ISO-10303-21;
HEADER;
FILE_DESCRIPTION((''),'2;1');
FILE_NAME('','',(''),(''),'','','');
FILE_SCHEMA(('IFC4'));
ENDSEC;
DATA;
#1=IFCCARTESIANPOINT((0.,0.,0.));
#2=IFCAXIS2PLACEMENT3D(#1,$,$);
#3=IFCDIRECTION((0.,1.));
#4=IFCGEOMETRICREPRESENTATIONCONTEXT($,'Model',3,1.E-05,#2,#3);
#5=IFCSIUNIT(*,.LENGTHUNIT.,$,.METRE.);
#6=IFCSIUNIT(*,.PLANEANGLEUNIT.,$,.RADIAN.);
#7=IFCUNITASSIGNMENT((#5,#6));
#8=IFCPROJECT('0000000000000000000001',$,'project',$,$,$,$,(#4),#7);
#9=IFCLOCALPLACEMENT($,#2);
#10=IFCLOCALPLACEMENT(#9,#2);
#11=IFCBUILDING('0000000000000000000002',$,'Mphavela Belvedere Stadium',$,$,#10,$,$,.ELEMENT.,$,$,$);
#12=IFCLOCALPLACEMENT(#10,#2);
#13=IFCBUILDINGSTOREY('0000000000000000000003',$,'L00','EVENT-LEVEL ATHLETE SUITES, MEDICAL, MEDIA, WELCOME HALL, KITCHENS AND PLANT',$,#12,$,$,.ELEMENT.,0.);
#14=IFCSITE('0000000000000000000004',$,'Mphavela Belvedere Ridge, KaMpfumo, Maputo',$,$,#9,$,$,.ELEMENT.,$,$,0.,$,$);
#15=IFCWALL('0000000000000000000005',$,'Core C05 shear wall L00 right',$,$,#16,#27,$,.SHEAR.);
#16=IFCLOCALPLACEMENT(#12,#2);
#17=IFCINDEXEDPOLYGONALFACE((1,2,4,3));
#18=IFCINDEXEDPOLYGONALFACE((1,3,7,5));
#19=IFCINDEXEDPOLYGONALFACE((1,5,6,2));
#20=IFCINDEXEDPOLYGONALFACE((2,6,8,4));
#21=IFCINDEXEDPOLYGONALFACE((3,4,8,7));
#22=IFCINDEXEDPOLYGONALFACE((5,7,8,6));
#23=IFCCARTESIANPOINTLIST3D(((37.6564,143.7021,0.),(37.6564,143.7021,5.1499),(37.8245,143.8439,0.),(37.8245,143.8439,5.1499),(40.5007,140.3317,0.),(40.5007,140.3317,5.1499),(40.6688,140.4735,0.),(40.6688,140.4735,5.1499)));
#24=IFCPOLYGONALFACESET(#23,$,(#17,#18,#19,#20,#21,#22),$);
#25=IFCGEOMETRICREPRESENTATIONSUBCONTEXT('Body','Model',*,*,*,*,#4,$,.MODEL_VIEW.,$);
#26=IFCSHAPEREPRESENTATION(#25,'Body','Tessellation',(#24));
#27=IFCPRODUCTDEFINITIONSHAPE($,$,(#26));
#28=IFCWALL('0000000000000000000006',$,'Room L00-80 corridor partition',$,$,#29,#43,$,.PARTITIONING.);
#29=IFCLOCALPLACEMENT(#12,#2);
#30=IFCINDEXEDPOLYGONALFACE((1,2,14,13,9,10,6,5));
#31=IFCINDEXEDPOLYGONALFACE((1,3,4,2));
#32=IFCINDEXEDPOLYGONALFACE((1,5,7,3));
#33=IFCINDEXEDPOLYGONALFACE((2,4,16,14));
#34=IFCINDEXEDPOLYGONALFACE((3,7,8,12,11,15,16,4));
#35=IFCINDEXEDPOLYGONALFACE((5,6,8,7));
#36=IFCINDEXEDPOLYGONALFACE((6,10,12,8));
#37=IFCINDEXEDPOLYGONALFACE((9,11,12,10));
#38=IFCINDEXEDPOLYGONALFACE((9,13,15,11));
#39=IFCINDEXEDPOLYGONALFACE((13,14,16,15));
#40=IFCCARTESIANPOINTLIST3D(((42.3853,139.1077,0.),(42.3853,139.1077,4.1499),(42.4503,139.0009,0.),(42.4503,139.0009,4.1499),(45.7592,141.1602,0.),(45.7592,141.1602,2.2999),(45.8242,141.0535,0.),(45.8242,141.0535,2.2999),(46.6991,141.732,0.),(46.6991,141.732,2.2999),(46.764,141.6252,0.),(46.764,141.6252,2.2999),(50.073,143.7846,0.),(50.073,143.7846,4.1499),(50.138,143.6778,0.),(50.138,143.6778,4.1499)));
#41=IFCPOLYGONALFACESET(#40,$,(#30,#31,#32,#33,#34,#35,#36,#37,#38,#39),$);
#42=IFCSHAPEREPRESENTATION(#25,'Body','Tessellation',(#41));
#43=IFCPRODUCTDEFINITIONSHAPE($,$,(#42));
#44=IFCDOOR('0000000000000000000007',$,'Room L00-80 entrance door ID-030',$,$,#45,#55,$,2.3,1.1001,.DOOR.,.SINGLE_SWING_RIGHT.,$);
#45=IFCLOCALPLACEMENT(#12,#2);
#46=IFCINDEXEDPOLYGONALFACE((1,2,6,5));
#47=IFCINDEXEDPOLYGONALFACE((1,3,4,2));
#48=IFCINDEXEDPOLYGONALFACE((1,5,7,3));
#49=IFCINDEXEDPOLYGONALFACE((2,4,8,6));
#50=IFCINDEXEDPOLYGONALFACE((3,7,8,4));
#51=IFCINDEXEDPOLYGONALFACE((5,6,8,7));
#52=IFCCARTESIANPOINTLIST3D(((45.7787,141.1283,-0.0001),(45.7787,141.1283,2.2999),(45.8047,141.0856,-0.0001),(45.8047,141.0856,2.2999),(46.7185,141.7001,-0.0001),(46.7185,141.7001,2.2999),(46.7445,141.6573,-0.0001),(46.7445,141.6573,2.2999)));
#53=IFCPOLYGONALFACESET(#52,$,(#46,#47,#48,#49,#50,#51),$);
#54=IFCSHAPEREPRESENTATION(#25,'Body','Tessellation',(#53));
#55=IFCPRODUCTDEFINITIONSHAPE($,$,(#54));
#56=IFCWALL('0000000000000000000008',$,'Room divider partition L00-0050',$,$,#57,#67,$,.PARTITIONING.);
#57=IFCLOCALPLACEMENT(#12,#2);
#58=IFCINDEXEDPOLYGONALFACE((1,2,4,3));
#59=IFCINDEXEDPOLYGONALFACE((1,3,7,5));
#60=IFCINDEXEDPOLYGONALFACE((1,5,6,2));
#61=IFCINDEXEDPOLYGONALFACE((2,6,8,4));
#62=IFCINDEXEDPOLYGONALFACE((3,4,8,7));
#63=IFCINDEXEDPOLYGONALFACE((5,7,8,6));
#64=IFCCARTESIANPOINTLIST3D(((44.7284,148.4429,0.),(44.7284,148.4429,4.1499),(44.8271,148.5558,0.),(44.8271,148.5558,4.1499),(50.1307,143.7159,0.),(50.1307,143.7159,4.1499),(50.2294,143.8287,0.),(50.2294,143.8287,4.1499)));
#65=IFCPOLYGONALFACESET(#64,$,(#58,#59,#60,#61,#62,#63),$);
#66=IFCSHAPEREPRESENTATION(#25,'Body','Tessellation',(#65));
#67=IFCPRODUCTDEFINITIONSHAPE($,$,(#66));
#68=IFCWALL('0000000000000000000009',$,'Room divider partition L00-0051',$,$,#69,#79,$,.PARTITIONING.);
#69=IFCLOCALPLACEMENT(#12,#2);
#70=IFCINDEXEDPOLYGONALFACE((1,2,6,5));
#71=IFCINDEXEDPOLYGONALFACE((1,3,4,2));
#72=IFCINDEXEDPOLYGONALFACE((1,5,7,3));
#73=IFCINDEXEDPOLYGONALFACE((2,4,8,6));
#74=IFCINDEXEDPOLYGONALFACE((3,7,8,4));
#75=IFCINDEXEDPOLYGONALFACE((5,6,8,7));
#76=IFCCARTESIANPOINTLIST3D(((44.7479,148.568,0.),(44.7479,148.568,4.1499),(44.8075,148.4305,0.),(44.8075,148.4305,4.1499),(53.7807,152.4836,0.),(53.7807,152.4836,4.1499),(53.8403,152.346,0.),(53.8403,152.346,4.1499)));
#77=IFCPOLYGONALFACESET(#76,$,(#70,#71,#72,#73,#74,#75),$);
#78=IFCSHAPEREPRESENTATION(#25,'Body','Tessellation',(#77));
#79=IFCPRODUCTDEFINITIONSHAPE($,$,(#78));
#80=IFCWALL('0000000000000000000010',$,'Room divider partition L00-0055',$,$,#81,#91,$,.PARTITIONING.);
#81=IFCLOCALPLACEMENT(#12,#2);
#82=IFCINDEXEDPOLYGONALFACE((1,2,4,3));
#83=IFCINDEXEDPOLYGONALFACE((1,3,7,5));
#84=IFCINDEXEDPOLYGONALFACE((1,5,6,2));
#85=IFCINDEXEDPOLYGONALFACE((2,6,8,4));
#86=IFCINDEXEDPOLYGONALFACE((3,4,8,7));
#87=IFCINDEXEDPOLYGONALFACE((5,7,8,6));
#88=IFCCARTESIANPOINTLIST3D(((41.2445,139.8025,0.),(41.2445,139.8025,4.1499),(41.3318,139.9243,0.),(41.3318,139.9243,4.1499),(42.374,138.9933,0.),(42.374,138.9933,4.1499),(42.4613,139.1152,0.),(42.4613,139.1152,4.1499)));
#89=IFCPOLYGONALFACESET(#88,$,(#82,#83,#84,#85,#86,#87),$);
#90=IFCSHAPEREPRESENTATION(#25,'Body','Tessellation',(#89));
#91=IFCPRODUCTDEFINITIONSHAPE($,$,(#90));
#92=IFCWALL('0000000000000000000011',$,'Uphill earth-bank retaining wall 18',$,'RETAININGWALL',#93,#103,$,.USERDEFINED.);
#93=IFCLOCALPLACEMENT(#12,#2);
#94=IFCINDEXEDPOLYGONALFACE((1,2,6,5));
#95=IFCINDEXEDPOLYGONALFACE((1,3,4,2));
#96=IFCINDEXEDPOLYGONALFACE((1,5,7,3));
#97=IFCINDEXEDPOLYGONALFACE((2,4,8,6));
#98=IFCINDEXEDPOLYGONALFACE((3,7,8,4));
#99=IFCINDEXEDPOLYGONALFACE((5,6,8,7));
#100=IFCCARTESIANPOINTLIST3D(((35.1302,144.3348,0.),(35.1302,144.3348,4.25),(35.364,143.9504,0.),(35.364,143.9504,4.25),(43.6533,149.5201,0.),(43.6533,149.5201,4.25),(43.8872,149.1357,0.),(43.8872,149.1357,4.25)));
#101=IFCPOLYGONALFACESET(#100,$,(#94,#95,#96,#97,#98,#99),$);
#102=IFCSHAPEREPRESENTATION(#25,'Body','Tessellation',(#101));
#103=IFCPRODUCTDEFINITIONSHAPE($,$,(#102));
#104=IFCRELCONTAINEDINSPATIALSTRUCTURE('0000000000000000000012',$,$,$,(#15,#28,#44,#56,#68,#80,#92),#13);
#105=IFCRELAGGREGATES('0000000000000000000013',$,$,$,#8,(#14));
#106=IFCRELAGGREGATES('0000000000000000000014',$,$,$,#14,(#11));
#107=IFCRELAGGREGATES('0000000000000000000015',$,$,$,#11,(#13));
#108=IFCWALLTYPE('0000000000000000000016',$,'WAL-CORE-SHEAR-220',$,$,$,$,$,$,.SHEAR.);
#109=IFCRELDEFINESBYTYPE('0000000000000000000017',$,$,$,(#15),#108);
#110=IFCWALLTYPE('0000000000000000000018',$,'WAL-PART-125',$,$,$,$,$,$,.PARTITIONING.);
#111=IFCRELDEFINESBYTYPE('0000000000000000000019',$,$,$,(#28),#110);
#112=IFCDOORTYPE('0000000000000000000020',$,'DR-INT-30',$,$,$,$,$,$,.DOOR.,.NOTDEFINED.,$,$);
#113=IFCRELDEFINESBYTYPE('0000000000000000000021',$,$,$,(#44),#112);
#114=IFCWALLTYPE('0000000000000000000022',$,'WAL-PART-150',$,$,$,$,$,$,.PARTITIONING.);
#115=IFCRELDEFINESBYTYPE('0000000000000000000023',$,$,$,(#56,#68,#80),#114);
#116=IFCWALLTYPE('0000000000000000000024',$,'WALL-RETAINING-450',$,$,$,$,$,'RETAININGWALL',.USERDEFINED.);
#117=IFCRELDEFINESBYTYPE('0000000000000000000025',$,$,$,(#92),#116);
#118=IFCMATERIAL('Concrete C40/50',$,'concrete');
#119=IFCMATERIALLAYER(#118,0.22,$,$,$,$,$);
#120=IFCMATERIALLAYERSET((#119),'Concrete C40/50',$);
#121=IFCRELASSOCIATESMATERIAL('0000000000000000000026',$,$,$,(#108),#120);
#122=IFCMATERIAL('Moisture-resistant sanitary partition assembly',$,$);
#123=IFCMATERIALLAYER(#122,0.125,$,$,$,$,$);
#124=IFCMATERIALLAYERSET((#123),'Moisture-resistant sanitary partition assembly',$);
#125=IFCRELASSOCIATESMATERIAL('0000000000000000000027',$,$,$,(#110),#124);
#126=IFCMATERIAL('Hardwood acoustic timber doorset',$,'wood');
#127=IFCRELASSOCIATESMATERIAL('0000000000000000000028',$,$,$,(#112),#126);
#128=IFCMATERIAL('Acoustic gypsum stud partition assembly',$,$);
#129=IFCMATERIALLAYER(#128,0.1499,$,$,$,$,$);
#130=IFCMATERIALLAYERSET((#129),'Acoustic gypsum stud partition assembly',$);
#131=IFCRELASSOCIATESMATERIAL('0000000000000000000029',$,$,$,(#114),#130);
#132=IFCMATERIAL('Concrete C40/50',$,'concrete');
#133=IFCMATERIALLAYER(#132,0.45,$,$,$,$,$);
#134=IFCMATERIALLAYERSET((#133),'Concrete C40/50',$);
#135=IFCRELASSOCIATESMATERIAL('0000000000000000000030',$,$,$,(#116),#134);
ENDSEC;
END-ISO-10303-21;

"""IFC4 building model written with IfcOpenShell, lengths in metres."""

from ifc_helpers import new_model, si_unit, direction, frame, frame_2d, origin, place, context, subcontext, project, spatial, rectangle, extrude, material, layer, layer_set, type_object, element, fill, save


model = new_model("IFC4")

# Units and contexts
model_context = context("Model", 3, precision=1e-05, world=origin(), true_north=direction((0.0, 1.0)))
body_context = subcontext(model_context, "Body", "Model", "MODEL_VIEW")
ifc_project = project(units=[si_unit("LENGTHUNIT", "METRE"), si_unit("PLANEANGLEUNIT", "RADIAN")], contexts=[model_context])

# Site, building, storey
site_placement = place(None, origin())
site = spatial("IfcSite", under=ifc_project, at=site_placement, Name="Mphavela Belvedere Ridge, KaMpfumo, Maputo", CompositionType="ELEMENT", RefElevation=0.0)
building_placement = place(site_placement, origin())
building = spatial("IfcBuilding", under=site, at=building_placement, Name="Mphavela Belvedere Stadium", CompositionType="ELEMENT")
storey_placement = place(building_placement, origin())
storey = spatial("IfcBuildingStorey", under=building, at=storey_placement, Name="L00", Description="EVENT-LEVEL ATHLETE SUITES, MEDICAL, MEDIA, WELCOME HALL, KITCHENS AND PLANT", CompositionType="ELEMENT", Elevation=0.0)

# Wall
ifc_material_1 = material(Name="Concrete C40/50", Category="concrete")
ifc_layer_1 = layer(ifc_material_1, 0.22)
ifc_layer_set_1 = layer_set([ifc_layer_1], Name="Concrete C40/50")
wall_type_1 = type_object("IfcWallType", Name="WAL-CORE-SHEAR-220", PredefinedType="SHEAR", material=ifc_layer_set_1)
wall_1_placement = place(storey_placement, frame((40.5847, 140.4026, 0.0), z_axis=(0.0, 0.0, 1.0), x_axis=(-0.644937, 0.764236, 0.0)))
element("IfcWall", 1, at=wall_1_placement, inside=storey, type_object=wall_type_1, Name="Core C05 shear wall L00 right", PredefinedType="SHEAR", context=body_context, shape_type="SweptSolid", body=[
    extrude(rectangle(XDim=4.4102, YDim=0.22, at=frame_2d((2.2051, 0.0))), origin(), (0.0, 0.0, 1.0), 5.1499),
])

# Wall, opening, door
ifc_material_2 = material(Name="Moisture-resistant sanitary partition assembly")
ifc_layer_2 = layer(ifc_material_2, 0.125)
ifc_layer_set_2 = layer_set([ifc_layer_2], Name="Moisture-resistant sanitary partition assembly")
wall_type_2 = type_object("IfcWallType", Name="WAL-PART-125", PredefinedType="PARTITIONING", material=ifc_layer_set_2)
wall_2_placement = place(storey_placement, frame((50.1055, 143.7312, 0.0), z_axis=(0.0, 0.0, 1.0), x_axis=(-0.854322, -0.519745, 0.0)))
wall_2 = element("IfcWall", 2, at=wall_2_placement, inside=storey, type_object=wall_type_2, Name="Room L00-80 corridor partition", PredefinedType="PARTITIONING", context=body_context, shape_type="SweptSolid", body=[
    extrude(rectangle(XDim=8.9985, YDim=0.125, at=frame_2d((4.4993, 0.0))), origin(), (0.0, 0.0, 1.0), 4.1499),
])
opening_placement = place(wall_2_placement, frame((3.9492, 0.0, 0.0)))
opening = element("IfcOpeningElement", 3, at=opening_placement, cuts=wall_2, PredefinedType="OPENING", context=body_context, shape_type="SweptSolid", body=[
    extrude(rectangle(XDim=1.1001, YDim=2.3, at=frame_2d((0.55, 1.1499))), frame((0.0, 0.0725, 0.0), z_axis=(0.0, -1.0, 0.0), x_axis=(1.0, 0.0, 0.0)), (0.0, 0.0, 1.0), 0.145),
])
ifc_material_3 = material(Name="Hardwood acoustic timber doorset", Category="wood")
door_type = type_object("IfcDoorType", Name="DR-INT-30", OperationType="NOTDEFINED", PredefinedType="DOOR", material=ifc_material_3)
door_placement = place(opening_placement, origin())
door = element("IfcDoor", 4, at=door_placement, inside=storey, type_object=door_type, Name="Room L00-80 entrance door ID-030", OperationType="SINGLE_SWING_RIGHT", OverallHeight=2.3, OverallWidth=1.1001, PredefinedType="DOOR", context=body_context, shape_type="SweptSolid", body=[
    extrude(rectangle(XDim=1.1001, YDim=2.3, at=frame_2d((0.55, 1.1499))), frame((0.0, 0.0249, 0.0), z_axis=(0.0, -1.0, 0.0), x_axis=(1.0, 0.0, 0.0)), (0.0, 0.0, 1.0), 0.05),
])
fill(opening, door)

# Walls
ifc_material_4 = material(Name="Acoustic gypsum stud partition assembly")
ifc_layer_3 = layer(ifc_material_4, 0.1499)
ifc_layer_set_3 = layer_set([ifc_layer_3], Name="Acoustic gypsum stud partition assembly")
wall_type_3 = type_object("IfcWallType", Name="WAL-PART-150", PredefinedType="PARTITIONING", material=ifc_layer_set_3)
wall_3_placement = place(storey_placement, frame((50.1802, 143.7722, 0.0), z_axis=(0.0, 0.0, 1.0), x_axis=(-0.752577, 0.658505, 0.0)))
element("IfcWall", 5, at=wall_3_placement, inside=storey, type_object=wall_type_3, Name="Room divider partition L00-0050", PredefinedType="PARTITIONING", context=body_context, shape_type="SweptSolid", body=[
    extrude(rectangle(XDim=7.1785, YDim=0.1499, at=frame_2d((3.5894, 0.0))), origin(), (0.0, 0.0, 1.0), 4.1499),
])
wall_4_placement = place(storey_placement, frame((44.7778, 148.4993, 0.0), z_axis=(0.0, 0.0, 1.0), x_axis=(0.917506, 0.397723, 0.0)))
element("IfcWall", 6, at=wall_4_placement, inside=storey, type_object=wall_type_3, Name="Room divider partition L00-0051", PredefinedType="PARTITIONING", context=body_context, shape_type="SweptSolid", body=[
    extrude(rectangle(XDim=9.845, YDim=0.1499, at=frame_2d((4.9224, 0.0))), origin(), (0.0, 0.0, 1.0), 4.1499),
])
wall_5_placement = place(storey_placement, frame((42.4177, 139.0542, 0.0), z_axis=(0.0, 0.0, 1.0), x_axis=(-0.812925, 0.582368, 0.0)))
element("IfcWall", 7, at=wall_5_placement, inside=storey, type_object=wall_type_3, Name="Room divider partition L00-0055", PredefinedType="PARTITIONING", context=body_context, shape_type="SweptSolid", body=[
    extrude(rectangle(XDim=1.3894, YDim=0.1499, at=frame_2d((0.6948, 0.0))), origin(), (0.0, 0.0, 1.0), 4.1499),
])
ifc_material_5 = material(Name="Concrete C40/50", Category="concrete")
ifc_layer_4 = layer(ifc_material_5, 0.45)
ifc_layer_set_4 = layer_set([ifc_layer_4], Name="Concrete C40/50")
wall_type_4 = type_object("IfcWallType", Name="WALL-RETAINING-450", ElementType="RETAININGWALL", PredefinedType="USERDEFINED", material=ifc_layer_set_4)
wall_6_placement = place(storey_placement, frame((43.7703, 149.3279, 0.0), z_axis=(0.0, 0.0, 1.0), x_axis=(-0.85432, -0.519747, 0.0)))
element("IfcWall", 8, at=wall_6_placement, inside=storey, type_object=wall_type_4, Name="Uphill earth-bank retaining wall 18", ObjectType="RETAININGWALL", PredefinedType="USERDEFINED", context=body_context, shape_type="SweptSolid", body=[
    extrude(rectangle(XDim=9.9766, YDim=0.45, at=frame_2d((4.9883, 0.0))), origin(), (0.0, 0.0, 1.0), 4.25),
])

save(model, "model.ifc")
